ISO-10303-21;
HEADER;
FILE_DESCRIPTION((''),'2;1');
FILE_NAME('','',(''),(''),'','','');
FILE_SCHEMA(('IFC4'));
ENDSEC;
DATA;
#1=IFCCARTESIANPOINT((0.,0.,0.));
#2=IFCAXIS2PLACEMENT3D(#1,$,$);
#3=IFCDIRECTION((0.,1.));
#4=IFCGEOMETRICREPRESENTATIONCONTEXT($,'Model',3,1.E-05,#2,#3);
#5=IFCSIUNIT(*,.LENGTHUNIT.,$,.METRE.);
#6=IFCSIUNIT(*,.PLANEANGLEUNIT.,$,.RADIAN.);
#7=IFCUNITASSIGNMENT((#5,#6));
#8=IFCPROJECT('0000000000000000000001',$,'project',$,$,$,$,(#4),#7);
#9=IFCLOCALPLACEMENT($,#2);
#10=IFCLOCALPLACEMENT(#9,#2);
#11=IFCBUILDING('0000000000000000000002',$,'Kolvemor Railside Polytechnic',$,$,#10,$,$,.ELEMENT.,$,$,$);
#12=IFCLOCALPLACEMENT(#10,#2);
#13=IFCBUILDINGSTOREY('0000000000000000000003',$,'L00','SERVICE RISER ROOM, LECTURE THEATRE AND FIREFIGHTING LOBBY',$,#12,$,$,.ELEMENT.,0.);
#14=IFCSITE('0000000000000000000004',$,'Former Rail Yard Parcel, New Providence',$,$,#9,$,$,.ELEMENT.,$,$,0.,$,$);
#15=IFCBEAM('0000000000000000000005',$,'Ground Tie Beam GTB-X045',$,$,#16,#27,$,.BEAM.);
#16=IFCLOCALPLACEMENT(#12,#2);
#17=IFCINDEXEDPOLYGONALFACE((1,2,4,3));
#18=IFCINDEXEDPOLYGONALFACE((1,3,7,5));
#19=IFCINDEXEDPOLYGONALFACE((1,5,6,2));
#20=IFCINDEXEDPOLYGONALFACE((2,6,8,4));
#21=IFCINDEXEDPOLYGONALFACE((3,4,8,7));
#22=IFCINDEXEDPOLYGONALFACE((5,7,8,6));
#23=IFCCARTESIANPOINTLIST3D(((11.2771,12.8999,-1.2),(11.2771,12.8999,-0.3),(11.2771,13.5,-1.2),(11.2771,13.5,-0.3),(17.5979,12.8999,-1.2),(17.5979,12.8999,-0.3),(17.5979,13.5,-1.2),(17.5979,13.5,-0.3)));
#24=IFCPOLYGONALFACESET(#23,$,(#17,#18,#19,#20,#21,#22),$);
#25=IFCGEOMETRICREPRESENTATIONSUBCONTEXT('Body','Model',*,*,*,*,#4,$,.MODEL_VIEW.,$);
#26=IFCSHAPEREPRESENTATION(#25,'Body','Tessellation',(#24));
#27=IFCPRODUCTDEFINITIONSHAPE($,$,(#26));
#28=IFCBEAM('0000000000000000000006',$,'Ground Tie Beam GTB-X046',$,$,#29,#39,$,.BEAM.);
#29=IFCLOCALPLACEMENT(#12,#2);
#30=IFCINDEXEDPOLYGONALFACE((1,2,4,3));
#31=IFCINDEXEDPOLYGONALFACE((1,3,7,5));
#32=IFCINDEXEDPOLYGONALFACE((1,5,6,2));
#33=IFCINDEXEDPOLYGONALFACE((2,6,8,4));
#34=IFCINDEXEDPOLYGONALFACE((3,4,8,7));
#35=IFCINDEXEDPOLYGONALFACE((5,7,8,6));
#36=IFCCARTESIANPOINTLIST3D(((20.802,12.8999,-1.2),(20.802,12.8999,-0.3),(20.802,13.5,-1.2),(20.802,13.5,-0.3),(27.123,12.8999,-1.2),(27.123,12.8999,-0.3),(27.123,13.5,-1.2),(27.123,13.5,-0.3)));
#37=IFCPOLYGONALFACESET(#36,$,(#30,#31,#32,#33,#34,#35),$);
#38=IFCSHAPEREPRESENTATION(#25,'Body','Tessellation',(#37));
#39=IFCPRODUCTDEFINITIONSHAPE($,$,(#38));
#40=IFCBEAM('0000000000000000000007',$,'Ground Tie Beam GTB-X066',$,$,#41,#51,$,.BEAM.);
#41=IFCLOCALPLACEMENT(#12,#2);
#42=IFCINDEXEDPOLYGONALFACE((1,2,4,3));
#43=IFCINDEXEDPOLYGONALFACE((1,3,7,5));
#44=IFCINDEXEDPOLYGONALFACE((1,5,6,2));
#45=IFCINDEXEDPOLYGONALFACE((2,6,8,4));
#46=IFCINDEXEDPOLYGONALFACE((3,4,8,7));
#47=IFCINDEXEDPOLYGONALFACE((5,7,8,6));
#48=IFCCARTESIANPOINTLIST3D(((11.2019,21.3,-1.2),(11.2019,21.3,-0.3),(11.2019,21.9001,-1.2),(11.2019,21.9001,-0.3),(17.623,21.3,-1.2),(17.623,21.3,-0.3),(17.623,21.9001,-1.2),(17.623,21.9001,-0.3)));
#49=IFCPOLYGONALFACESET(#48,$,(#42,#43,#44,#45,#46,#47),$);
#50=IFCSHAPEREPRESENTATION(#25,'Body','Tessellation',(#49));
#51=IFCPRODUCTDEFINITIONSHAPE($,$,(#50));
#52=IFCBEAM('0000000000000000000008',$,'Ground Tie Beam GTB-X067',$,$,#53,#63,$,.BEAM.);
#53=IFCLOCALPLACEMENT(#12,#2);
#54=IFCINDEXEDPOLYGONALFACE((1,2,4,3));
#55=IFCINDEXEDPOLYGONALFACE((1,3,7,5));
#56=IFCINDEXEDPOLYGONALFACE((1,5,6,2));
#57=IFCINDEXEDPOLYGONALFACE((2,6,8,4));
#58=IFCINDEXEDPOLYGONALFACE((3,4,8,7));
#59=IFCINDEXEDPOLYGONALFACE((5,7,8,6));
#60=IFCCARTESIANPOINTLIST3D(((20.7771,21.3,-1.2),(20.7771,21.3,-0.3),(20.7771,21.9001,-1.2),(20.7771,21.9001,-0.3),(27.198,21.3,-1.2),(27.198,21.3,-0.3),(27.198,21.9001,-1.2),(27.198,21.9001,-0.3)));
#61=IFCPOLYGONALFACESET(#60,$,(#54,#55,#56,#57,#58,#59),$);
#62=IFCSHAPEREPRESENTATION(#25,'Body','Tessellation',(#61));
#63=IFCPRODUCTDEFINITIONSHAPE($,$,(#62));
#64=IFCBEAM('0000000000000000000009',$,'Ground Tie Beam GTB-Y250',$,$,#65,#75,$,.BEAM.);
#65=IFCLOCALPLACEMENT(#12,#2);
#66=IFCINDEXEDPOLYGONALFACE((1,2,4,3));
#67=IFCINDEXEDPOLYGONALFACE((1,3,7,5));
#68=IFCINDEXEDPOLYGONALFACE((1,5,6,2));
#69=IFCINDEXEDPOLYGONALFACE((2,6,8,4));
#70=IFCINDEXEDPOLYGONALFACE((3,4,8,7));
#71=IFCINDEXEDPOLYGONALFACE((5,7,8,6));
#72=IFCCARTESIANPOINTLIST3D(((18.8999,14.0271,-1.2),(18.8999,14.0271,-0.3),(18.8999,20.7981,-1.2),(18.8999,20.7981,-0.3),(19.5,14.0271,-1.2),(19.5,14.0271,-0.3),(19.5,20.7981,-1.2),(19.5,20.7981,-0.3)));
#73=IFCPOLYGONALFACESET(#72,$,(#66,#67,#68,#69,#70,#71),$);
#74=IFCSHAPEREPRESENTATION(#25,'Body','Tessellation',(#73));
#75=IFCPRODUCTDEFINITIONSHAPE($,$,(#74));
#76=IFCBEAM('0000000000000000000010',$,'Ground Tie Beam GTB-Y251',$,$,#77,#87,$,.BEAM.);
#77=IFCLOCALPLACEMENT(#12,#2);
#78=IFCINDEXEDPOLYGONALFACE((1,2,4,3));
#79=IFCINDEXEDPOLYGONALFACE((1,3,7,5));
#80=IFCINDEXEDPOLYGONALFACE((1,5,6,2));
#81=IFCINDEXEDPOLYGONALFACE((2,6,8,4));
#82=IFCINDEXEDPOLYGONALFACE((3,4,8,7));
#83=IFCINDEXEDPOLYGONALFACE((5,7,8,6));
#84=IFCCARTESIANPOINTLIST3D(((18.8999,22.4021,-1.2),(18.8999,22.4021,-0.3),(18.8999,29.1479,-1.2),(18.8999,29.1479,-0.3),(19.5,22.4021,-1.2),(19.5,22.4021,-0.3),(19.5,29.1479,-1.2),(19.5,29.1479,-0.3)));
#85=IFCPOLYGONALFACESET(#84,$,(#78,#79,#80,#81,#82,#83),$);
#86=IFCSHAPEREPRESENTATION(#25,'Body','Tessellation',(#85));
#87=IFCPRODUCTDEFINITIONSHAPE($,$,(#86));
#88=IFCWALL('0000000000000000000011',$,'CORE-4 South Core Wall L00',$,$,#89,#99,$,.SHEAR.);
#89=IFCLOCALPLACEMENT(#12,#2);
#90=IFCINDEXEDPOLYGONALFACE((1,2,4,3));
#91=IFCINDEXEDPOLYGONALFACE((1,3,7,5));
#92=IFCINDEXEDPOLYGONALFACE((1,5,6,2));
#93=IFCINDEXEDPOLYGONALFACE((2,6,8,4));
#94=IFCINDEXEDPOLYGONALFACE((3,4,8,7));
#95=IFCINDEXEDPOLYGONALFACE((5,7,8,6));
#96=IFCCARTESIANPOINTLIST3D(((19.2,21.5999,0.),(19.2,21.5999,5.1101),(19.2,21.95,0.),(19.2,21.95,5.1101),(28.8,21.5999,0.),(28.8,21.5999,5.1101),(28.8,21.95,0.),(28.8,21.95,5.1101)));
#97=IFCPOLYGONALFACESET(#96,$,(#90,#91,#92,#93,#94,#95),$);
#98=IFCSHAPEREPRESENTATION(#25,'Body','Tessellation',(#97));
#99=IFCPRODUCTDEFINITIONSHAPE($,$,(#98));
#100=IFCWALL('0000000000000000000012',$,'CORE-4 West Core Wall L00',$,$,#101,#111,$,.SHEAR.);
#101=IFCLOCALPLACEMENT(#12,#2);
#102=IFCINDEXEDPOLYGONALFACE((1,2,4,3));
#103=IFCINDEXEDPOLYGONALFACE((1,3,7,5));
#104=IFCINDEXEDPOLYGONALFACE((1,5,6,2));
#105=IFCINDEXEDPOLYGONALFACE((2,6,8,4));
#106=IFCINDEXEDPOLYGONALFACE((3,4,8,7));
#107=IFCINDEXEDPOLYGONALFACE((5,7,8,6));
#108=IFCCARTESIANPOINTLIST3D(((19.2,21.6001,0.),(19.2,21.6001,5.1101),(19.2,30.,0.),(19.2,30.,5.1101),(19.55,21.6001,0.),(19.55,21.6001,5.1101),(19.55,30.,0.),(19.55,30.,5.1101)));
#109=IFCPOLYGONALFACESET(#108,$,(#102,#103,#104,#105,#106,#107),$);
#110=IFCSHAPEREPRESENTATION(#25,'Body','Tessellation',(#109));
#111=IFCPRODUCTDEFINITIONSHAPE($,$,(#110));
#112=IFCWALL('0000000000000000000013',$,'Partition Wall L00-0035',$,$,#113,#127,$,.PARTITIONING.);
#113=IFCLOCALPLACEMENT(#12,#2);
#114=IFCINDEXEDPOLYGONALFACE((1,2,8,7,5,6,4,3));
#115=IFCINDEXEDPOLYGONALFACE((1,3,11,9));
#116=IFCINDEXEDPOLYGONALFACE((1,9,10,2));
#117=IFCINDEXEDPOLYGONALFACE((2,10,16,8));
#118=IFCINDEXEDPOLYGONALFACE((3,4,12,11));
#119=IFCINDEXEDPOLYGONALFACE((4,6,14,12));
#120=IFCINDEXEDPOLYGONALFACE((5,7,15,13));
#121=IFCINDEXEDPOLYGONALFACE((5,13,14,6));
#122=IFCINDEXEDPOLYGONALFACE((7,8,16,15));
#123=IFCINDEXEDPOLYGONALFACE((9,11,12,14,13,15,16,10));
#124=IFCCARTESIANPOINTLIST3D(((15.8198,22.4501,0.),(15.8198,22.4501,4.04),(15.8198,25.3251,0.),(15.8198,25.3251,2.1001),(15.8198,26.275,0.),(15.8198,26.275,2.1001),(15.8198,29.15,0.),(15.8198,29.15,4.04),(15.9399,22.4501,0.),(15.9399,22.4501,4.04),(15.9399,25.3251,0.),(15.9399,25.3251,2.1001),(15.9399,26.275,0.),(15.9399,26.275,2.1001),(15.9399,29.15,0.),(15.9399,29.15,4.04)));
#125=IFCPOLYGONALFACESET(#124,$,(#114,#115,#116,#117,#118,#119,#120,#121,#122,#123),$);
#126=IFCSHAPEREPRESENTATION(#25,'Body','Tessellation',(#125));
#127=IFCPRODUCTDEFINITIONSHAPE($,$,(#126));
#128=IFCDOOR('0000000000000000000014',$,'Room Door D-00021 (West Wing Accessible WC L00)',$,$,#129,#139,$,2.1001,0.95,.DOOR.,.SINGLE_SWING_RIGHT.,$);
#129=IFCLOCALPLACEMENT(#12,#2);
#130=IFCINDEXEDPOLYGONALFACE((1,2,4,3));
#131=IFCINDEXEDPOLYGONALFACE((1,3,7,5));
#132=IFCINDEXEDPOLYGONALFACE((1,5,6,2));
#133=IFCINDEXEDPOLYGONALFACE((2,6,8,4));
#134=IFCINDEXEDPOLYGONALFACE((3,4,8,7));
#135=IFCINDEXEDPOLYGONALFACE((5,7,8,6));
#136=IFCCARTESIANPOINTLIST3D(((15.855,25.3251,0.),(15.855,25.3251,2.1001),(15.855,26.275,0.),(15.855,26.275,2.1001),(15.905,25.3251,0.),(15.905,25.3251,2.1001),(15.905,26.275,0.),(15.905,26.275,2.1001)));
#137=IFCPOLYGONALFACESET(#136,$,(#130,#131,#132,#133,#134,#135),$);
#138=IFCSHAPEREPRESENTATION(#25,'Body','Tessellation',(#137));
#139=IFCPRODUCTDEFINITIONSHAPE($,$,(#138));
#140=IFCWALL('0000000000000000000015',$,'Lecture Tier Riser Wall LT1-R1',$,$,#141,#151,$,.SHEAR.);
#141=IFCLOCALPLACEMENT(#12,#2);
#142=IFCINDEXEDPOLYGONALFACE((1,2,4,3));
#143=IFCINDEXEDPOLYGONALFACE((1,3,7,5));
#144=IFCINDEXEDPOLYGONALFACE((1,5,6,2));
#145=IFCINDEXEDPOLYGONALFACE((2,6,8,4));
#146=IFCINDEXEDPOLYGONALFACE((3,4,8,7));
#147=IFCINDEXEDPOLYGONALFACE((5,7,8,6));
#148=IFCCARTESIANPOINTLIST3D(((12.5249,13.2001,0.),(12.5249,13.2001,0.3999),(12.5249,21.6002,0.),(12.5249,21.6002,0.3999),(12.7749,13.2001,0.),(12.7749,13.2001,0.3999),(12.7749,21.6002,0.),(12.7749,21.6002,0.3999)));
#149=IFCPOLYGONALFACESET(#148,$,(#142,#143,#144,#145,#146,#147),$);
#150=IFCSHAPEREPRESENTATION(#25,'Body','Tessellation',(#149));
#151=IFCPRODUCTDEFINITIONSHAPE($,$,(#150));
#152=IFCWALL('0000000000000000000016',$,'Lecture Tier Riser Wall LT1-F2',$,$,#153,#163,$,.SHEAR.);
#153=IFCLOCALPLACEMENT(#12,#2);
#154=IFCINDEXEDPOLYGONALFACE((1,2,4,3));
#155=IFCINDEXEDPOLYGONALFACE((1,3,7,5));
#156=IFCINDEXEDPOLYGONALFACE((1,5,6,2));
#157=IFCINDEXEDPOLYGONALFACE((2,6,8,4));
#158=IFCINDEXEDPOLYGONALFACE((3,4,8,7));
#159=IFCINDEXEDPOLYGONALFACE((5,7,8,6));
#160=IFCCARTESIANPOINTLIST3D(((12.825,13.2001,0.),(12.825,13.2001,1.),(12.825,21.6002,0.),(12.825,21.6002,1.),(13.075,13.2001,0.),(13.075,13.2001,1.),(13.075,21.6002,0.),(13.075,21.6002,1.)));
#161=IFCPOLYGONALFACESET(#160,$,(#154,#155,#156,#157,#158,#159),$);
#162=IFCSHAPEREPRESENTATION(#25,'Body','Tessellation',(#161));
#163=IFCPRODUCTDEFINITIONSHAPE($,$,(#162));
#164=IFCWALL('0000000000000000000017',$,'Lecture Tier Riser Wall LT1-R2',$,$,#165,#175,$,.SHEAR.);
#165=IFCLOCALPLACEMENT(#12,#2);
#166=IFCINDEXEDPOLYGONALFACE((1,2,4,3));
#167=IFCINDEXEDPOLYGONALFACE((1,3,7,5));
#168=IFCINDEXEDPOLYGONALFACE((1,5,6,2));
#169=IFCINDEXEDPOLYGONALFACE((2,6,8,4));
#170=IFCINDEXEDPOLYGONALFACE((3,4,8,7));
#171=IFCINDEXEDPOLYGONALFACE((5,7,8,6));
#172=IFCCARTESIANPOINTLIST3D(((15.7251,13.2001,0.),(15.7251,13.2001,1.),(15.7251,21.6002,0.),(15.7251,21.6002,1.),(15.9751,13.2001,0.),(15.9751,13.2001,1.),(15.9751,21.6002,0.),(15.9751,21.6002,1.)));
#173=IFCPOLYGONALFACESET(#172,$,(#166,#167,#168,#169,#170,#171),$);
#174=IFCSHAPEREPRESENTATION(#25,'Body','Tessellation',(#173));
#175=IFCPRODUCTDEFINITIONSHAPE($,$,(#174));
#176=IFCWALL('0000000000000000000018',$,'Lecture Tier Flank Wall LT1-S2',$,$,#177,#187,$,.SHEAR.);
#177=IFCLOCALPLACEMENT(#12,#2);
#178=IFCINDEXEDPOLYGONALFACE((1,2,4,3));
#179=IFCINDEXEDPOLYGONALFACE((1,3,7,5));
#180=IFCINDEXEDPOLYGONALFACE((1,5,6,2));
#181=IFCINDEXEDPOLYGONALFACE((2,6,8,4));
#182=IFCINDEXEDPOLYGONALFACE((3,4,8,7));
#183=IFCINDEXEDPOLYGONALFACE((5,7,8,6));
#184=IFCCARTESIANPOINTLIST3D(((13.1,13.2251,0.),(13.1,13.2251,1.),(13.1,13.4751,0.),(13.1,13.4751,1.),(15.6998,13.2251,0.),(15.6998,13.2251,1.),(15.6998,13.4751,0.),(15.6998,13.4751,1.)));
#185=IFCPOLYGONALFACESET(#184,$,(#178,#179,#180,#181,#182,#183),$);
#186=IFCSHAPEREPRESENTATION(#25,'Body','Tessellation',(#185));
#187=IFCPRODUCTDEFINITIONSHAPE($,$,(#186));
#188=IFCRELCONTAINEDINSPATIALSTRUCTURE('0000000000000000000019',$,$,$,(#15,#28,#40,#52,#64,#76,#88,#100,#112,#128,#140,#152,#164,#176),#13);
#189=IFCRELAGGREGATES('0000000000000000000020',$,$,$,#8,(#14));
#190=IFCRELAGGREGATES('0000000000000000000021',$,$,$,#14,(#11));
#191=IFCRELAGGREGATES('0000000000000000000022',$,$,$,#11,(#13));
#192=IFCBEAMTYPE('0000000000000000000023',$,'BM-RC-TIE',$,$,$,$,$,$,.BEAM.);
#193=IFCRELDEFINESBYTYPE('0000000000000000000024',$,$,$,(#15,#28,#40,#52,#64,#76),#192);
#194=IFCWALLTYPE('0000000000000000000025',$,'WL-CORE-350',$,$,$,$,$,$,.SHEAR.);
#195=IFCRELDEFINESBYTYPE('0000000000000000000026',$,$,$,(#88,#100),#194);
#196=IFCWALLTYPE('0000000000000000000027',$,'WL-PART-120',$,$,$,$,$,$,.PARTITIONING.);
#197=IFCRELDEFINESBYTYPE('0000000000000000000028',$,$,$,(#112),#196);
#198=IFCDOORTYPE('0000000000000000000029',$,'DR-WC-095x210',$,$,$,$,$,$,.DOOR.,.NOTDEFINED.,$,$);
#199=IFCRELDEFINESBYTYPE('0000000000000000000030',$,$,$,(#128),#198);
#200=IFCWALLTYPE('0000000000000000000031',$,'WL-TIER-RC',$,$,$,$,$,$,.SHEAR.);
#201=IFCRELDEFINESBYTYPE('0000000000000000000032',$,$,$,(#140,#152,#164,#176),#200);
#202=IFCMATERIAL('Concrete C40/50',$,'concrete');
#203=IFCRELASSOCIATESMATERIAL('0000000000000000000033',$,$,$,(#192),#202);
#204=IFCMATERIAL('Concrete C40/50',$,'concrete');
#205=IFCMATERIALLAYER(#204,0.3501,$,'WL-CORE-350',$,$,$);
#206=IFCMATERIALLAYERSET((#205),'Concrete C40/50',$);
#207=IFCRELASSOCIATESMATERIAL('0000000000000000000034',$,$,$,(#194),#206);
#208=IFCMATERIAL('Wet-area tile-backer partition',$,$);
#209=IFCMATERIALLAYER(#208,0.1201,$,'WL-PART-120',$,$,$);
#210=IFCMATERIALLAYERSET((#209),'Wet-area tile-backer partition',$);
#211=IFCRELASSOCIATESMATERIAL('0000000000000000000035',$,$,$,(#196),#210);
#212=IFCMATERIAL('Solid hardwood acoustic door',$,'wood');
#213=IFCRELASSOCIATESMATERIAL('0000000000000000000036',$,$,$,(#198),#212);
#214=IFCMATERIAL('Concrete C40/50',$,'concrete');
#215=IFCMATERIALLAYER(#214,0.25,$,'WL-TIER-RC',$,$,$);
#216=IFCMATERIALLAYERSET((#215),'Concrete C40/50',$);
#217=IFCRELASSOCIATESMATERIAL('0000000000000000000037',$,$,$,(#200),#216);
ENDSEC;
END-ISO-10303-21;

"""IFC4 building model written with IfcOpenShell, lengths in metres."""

from ifc_helpers import new_model, si_unit, direction, frame, frame_2d, origin, origin_2d, place, context, subcontext, project, spatial, rectangle, extrude, material, layer, layer_set, material_profile, profile_set, type_object, element, fill, save


model = new_model("IFC4")

# Units and contexts
model_context = context("Model", 3, precision=1e-05, world=origin(), true_north=direction((0.0, 1.0)))
body_context = subcontext(model_context, "Body", "Model", "MODEL_VIEW")
ifc_project = project(units=[si_unit("LENGTHUNIT", "METRE"), si_unit("PLANEANGLEUNIT", "RADIAN")], contexts=[model_context])

# Site, building, storey
site_placement = place(None, origin())
site = spatial("IfcSite", under=ifc_project, at=site_placement, Name="Former Rail Yard Parcel, New Providence", CompositionType="ELEMENT", RefElevation=0.0)
building_placement = place(site_placement, origin())
building = spatial("IfcBuilding", under=site, at=building_placement, Name="Kolvemor Railside Polytechnic", CompositionType="ELEMENT")
storey_placement = place(building_placement, origin())
storey = spatial("IfcBuildingStorey", under=building, at=storey_placement, Name="L00", Description="SERVICE RISER ROOM, LECTURE THEATRE AND FIREFIGHTING LOBBY", CompositionType="ELEMENT", Elevation=0.0)

# Beams
ifc_material_1 = material(Name="Concrete C40/50", Category="concrete")
ifc_material_profile_1 = material_profile(ifc_material_1, rectangle(XDim=0.6001, YDim=0.8999, at=origin_2d()), Name="RC600x900")
ifc_profile_set_1 = profile_set([ifc_material_profile_1], Name="Concrete C40/50")
beam_type_1 = type_object("IfcBeamType", Name="BM-RC-TIE", PredefinedType="BEAM", material=ifc_profile_set_1)
beam_1_placement = place(storey_placement, frame((11.2771, 13.2, -0.75), z_axis=(1.0, 0.0, 0.0), x_axis=(0.0, 1.0, 0.0)))
element("IfcBeam", 1, at=beam_1_placement, inside=storey, type_object=beam_type_1, Name="Ground Tie Beam GTB-X045", PredefinedType="BEAM", context=body_context, shape_type="SweptSolid", body=[
    extrude(rectangle(XDim=0.6001, YDim=0.8999, at=origin_2d()), origin(), (0.0, 0.0, 1.0), 6.3208),
])
beam_2_placement = place(storey_placement, frame((20.802, 13.2, -0.75), z_axis=(1.0, 0.0, 0.0), x_axis=(0.0, 1.0, 0.0)))
element("IfcBeam", 2, at=beam_2_placement, inside=storey, type_object=beam_type_1, Name="Ground Tie Beam GTB-X046", PredefinedType="BEAM", context=body_context, shape_type="SweptSolid", body=[
    extrude(rectangle(XDim=0.6001, YDim=0.8999, at=origin_2d()), origin(), (0.0, 0.0, 1.0), 6.321),
])
beam_3_placement = place(storey_placement, frame((11.2019, 21.6001, -0.75), z_axis=(1.0, 0.0, 0.0), x_axis=(0.0, 1.0, 0.0)))
element("IfcBeam", 3, at=beam_3_placement, inside=storey, type_object=beam_type_1, Name="Ground Tie Beam GTB-X066", PredefinedType="BEAM", context=body_context, shape_type="SweptSolid", body=[
    extrude(rectangle(XDim=0.6001, YDim=0.8999, at=origin_2d()), origin(), (0.0, 0.0, 1.0), 6.4211),
])
beam_4_placement = place(storey_placement, frame((20.7771, 21.6001, -0.75), z_axis=(1.0, 0.0, 0.0), x_axis=(0.0, 1.0, 0.0)))
element("IfcBeam", 4, at=beam_4_placement, inside=storey, type_object=beam_type_1, Name="Ground Tie Beam GTB-X067", PredefinedType="BEAM", context=body_context, shape_type="SweptSolid", body=[
    extrude(rectangle(XDim=0.6001, YDim=0.8999, at=origin_2d()), origin(), (0.0, 0.0, 1.0), 6.4209),
])
beam_5_placement = place(storey_placement, frame((19.2, 14.0271, -0.75), z_axis=(0.0, 1.0, 0.0), x_axis=(-1.0, 0.0, 0.0)))
element("IfcBeam", 5, at=beam_5_placement, inside=storey, type_object=beam_type_1, Name="Ground Tie Beam GTB-Y250", PredefinedType="BEAM", context=body_context, shape_type="SweptSolid", body=[
    extrude(rectangle(XDim=0.6001, YDim=0.8999, at=origin_2d()), origin(), (0.0, 0.0, 1.0), 6.771),
])
beam_6_placement = place(storey_placement, frame((19.2, 22.4021, -0.75), z_axis=(0.0, 1.0, 0.0), x_axis=(-1.0, 0.0, 0.0)))
element("IfcBeam", 6, at=beam_6_placement, inside=storey, type_object=beam_type_1, Name="Ground Tie Beam GTB-Y251", PredefinedType="BEAM", context=body_context, shape_type="SweptSolid", body=[
    extrude(rectangle(XDim=0.6001, YDim=0.8999, at=origin_2d()), origin(), (0.0, 0.0, 1.0), 6.7458),
])

# Walls
ifc_material_2 = material(Name="Concrete C40/50", Category="concrete")
ifc_layer_1 = layer(ifc_material_2, 0.3501, Name="WL-CORE-350")
ifc_layer_set_1 = layer_set([ifc_layer_1], Name="Concrete C40/50")
wall_type_1 = type_object("IfcWallType", Name="WL-CORE-350", PredefinedType="SHEAR", material=ifc_layer_set_1)
wall_1_placement = place(storey_placement, frame((19.2, 21.7749, 0.0), z_axis=(0.0, 0.0, 1.0), x_axis=(1.0, 0.0, 0.0)))
element("IfcWall", 7, at=wall_1_placement, inside=storey, type_object=wall_type_1, Name="CORE-4 South Core Wall L00", PredefinedType="SHEAR", context=body_context, shape_type="SweptSolid", body=[
    extrude(rectangle(XDim=9.6001, YDim=0.3501, at=frame_2d((4.8, 0.0))), origin(), (0.0, 0.0, 1.0), 5.1101),
])
wall_2_placement = place(storey_placement, frame((19.375, 21.6001, 0.0), z_axis=(0.0, 0.0, 1.0), x_axis=(0.0, 1.0, 0.0)))
element("IfcWall", 8, at=wall_2_placement, inside=storey, type_object=wall_type_1, Name="CORE-4 West Core Wall L00", PredefinedType="SHEAR", context=body_context, shape_type="SweptSolid", body=[
    extrude(rectangle(XDim=8.3999, YDim=0.3501, at=frame_2d((4.2, 0.0))), origin(), (0.0, 0.0, 1.0), 5.1101),
])

# Wall, opening, door
ifc_material_3 = material(Name="Wet-area tile-backer partition")
ifc_layer_2 = layer(ifc_material_3, 0.1201, Name="WL-PART-120")
ifc_layer_set_2 = layer_set([ifc_layer_2], Name="Wet-area tile-backer partition")
wall_type_2 = type_object("IfcWallType", Name="WL-PART-120", PredefinedType="PARTITIONING", material=ifc_layer_set_2)
wall_3_placement = place(storey_placement, frame((15.8799, 22.45, 0.0), z_axis=(0.0, 0.0, 1.0), x_axis=(0.0, 1.0, 0.0)))
wall_3 = element("IfcWall", 9, at=wall_3_placement, inside=storey, type_object=wall_type_2, Name="Partition Wall L00-0035", PredefinedType="PARTITIONING", context=body_context, shape_type="SweptSolid", body=[
    extrude(rectangle(XDim=6.7, YDim=0.1201, at=frame_2d((3.3501, 0.0))), origin(), (0.0, 0.0, 1.0), 4.04),
])
opening_placement = place(wall_3_placement, frame((2.875, 0.0, 0.0)))
opening = element("IfcOpeningElement", 10, at=opening_placement, cuts=wall_3, PredefinedType="OPENING", context=body_context, shape_type="SweptSolid", body=[
    extrude(rectangle(XDim=0.95, YDim=2.1001, at=frame_2d((0.4751, 1.05))), frame((0.0, 0.0701, 0.0), z_axis=(0.0, -1.0, 0.0), x_axis=(1.0, 0.0, 0.0)), (0.0, 0.0, 1.0), 0.1401),
])
ifc_material_4 = material(Name="Solid hardwood acoustic door", Category="wood")
door_type = type_object("IfcDoorType", Name="DR-WC-095x210", OperationType="NOTDEFINED", PredefinedType="DOOR", material=ifc_material_4)
door_placement = place(opening_placement, origin())
door = element("IfcDoor", 11, at=door_placement, inside=storey, type_object=door_type, Name="Room Door D-00021 (West Wing Accessible WC L00)", OperationType="SINGLE_SWING_RIGHT", OverallHeight=2.1001, OverallWidth=0.95, PredefinedType="DOOR", context=body_context, shape_type="SweptSolid", body=[
    extrude(rectangle(XDim=0.95, YDim=2.1001, at=frame_2d((0.4751, 1.05))), frame((0.0, 0.0249, 0.0), z_axis=(0.0, -1.0, 0.0), x_axis=(1.0, 0.0, 0.0)), (0.0, 0.0, 1.0), 0.05),
])
fill(opening, door)

# Walls
ifc_material_5 = material(Name="Concrete C40/50", Category="concrete")
ifc_layer_3 = layer(ifc_material_5, 0.25, Name="WL-TIER-RC")
ifc_layer_set_3 = layer_set([ifc_layer_3], Name="Concrete C40/50")
wall_type_3 = type_object("IfcWallType", Name="WL-TIER-RC", PredefinedType="SHEAR", material=ifc_layer_set_3)
wall_4_placement = place(storey_placement, frame((12.6499, 13.2, 0.0), z_axis=(0.0, 0.0, 1.0), x_axis=(0.0, 1.0, 0.0)))
element("IfcWall", 12, at=wall_4_placement, inside=storey, type_object=wall_type_3, Name="Lecture Tier Riser Wall LT1-R1", PredefinedType="SHEAR", context=body_context, shape_type="SweptSolid", body=[
    extrude(rectangle(XDim=8.4001, YDim=0.25, at=frame_2d((4.2002, 0.0))), origin(), (0.0, 0.0, 1.0), 0.3999),
])
for number, where, z_axis, x_axis, name in (
    (13, (12.95, 13.2, 0.0), (0.0, 0.0, 1.0), (0.0, 1.0, 0.0), "Lecture Tier Riser Wall LT1-F2"),
    (14, (15.8501, 13.2, 0.0), (0.0, 0.0, 1.0), (0.0, 1.0, 0.0), "Lecture Tier Riser Wall LT1-R2"),
):
    element("IfcWall", number, at=place(storey_placement, frame(where, z_axis=z_axis, x_axis=x_axis)), inside=storey, type_object=wall_type_3, Name=name, PredefinedType="SHEAR", context=body_context, shape_type="SweptSolid", body=[
        extrude(rectangle(XDim=8.4001, YDim=0.25, at=frame_2d((4.2002, 0.0))), origin(), (0.0, 0.0, 1.0), 1.0),
    ])
wall_5_placement = place(storey_placement, frame((13.1001, 13.3501, 0.0), z_axis=(0.0, 0.0, 1.0), x_axis=(1.0, 0.0, 0.0)))
element("IfcWall", 15, at=wall_5_placement, inside=storey, type_object=wall_type_3, Name="Lecture Tier Flank Wall LT1-S2", PredefinedType="SHEAR", context=body_context, shape_type="SweptSolid", body=[
    extrude(rectangle(XDim=2.5999, YDim=0.25, at=frame_2d((1.2998, 0.0))), origin(), (0.0, 0.0, 1.0), 1.0),
])

save(model, "model.ifc")
